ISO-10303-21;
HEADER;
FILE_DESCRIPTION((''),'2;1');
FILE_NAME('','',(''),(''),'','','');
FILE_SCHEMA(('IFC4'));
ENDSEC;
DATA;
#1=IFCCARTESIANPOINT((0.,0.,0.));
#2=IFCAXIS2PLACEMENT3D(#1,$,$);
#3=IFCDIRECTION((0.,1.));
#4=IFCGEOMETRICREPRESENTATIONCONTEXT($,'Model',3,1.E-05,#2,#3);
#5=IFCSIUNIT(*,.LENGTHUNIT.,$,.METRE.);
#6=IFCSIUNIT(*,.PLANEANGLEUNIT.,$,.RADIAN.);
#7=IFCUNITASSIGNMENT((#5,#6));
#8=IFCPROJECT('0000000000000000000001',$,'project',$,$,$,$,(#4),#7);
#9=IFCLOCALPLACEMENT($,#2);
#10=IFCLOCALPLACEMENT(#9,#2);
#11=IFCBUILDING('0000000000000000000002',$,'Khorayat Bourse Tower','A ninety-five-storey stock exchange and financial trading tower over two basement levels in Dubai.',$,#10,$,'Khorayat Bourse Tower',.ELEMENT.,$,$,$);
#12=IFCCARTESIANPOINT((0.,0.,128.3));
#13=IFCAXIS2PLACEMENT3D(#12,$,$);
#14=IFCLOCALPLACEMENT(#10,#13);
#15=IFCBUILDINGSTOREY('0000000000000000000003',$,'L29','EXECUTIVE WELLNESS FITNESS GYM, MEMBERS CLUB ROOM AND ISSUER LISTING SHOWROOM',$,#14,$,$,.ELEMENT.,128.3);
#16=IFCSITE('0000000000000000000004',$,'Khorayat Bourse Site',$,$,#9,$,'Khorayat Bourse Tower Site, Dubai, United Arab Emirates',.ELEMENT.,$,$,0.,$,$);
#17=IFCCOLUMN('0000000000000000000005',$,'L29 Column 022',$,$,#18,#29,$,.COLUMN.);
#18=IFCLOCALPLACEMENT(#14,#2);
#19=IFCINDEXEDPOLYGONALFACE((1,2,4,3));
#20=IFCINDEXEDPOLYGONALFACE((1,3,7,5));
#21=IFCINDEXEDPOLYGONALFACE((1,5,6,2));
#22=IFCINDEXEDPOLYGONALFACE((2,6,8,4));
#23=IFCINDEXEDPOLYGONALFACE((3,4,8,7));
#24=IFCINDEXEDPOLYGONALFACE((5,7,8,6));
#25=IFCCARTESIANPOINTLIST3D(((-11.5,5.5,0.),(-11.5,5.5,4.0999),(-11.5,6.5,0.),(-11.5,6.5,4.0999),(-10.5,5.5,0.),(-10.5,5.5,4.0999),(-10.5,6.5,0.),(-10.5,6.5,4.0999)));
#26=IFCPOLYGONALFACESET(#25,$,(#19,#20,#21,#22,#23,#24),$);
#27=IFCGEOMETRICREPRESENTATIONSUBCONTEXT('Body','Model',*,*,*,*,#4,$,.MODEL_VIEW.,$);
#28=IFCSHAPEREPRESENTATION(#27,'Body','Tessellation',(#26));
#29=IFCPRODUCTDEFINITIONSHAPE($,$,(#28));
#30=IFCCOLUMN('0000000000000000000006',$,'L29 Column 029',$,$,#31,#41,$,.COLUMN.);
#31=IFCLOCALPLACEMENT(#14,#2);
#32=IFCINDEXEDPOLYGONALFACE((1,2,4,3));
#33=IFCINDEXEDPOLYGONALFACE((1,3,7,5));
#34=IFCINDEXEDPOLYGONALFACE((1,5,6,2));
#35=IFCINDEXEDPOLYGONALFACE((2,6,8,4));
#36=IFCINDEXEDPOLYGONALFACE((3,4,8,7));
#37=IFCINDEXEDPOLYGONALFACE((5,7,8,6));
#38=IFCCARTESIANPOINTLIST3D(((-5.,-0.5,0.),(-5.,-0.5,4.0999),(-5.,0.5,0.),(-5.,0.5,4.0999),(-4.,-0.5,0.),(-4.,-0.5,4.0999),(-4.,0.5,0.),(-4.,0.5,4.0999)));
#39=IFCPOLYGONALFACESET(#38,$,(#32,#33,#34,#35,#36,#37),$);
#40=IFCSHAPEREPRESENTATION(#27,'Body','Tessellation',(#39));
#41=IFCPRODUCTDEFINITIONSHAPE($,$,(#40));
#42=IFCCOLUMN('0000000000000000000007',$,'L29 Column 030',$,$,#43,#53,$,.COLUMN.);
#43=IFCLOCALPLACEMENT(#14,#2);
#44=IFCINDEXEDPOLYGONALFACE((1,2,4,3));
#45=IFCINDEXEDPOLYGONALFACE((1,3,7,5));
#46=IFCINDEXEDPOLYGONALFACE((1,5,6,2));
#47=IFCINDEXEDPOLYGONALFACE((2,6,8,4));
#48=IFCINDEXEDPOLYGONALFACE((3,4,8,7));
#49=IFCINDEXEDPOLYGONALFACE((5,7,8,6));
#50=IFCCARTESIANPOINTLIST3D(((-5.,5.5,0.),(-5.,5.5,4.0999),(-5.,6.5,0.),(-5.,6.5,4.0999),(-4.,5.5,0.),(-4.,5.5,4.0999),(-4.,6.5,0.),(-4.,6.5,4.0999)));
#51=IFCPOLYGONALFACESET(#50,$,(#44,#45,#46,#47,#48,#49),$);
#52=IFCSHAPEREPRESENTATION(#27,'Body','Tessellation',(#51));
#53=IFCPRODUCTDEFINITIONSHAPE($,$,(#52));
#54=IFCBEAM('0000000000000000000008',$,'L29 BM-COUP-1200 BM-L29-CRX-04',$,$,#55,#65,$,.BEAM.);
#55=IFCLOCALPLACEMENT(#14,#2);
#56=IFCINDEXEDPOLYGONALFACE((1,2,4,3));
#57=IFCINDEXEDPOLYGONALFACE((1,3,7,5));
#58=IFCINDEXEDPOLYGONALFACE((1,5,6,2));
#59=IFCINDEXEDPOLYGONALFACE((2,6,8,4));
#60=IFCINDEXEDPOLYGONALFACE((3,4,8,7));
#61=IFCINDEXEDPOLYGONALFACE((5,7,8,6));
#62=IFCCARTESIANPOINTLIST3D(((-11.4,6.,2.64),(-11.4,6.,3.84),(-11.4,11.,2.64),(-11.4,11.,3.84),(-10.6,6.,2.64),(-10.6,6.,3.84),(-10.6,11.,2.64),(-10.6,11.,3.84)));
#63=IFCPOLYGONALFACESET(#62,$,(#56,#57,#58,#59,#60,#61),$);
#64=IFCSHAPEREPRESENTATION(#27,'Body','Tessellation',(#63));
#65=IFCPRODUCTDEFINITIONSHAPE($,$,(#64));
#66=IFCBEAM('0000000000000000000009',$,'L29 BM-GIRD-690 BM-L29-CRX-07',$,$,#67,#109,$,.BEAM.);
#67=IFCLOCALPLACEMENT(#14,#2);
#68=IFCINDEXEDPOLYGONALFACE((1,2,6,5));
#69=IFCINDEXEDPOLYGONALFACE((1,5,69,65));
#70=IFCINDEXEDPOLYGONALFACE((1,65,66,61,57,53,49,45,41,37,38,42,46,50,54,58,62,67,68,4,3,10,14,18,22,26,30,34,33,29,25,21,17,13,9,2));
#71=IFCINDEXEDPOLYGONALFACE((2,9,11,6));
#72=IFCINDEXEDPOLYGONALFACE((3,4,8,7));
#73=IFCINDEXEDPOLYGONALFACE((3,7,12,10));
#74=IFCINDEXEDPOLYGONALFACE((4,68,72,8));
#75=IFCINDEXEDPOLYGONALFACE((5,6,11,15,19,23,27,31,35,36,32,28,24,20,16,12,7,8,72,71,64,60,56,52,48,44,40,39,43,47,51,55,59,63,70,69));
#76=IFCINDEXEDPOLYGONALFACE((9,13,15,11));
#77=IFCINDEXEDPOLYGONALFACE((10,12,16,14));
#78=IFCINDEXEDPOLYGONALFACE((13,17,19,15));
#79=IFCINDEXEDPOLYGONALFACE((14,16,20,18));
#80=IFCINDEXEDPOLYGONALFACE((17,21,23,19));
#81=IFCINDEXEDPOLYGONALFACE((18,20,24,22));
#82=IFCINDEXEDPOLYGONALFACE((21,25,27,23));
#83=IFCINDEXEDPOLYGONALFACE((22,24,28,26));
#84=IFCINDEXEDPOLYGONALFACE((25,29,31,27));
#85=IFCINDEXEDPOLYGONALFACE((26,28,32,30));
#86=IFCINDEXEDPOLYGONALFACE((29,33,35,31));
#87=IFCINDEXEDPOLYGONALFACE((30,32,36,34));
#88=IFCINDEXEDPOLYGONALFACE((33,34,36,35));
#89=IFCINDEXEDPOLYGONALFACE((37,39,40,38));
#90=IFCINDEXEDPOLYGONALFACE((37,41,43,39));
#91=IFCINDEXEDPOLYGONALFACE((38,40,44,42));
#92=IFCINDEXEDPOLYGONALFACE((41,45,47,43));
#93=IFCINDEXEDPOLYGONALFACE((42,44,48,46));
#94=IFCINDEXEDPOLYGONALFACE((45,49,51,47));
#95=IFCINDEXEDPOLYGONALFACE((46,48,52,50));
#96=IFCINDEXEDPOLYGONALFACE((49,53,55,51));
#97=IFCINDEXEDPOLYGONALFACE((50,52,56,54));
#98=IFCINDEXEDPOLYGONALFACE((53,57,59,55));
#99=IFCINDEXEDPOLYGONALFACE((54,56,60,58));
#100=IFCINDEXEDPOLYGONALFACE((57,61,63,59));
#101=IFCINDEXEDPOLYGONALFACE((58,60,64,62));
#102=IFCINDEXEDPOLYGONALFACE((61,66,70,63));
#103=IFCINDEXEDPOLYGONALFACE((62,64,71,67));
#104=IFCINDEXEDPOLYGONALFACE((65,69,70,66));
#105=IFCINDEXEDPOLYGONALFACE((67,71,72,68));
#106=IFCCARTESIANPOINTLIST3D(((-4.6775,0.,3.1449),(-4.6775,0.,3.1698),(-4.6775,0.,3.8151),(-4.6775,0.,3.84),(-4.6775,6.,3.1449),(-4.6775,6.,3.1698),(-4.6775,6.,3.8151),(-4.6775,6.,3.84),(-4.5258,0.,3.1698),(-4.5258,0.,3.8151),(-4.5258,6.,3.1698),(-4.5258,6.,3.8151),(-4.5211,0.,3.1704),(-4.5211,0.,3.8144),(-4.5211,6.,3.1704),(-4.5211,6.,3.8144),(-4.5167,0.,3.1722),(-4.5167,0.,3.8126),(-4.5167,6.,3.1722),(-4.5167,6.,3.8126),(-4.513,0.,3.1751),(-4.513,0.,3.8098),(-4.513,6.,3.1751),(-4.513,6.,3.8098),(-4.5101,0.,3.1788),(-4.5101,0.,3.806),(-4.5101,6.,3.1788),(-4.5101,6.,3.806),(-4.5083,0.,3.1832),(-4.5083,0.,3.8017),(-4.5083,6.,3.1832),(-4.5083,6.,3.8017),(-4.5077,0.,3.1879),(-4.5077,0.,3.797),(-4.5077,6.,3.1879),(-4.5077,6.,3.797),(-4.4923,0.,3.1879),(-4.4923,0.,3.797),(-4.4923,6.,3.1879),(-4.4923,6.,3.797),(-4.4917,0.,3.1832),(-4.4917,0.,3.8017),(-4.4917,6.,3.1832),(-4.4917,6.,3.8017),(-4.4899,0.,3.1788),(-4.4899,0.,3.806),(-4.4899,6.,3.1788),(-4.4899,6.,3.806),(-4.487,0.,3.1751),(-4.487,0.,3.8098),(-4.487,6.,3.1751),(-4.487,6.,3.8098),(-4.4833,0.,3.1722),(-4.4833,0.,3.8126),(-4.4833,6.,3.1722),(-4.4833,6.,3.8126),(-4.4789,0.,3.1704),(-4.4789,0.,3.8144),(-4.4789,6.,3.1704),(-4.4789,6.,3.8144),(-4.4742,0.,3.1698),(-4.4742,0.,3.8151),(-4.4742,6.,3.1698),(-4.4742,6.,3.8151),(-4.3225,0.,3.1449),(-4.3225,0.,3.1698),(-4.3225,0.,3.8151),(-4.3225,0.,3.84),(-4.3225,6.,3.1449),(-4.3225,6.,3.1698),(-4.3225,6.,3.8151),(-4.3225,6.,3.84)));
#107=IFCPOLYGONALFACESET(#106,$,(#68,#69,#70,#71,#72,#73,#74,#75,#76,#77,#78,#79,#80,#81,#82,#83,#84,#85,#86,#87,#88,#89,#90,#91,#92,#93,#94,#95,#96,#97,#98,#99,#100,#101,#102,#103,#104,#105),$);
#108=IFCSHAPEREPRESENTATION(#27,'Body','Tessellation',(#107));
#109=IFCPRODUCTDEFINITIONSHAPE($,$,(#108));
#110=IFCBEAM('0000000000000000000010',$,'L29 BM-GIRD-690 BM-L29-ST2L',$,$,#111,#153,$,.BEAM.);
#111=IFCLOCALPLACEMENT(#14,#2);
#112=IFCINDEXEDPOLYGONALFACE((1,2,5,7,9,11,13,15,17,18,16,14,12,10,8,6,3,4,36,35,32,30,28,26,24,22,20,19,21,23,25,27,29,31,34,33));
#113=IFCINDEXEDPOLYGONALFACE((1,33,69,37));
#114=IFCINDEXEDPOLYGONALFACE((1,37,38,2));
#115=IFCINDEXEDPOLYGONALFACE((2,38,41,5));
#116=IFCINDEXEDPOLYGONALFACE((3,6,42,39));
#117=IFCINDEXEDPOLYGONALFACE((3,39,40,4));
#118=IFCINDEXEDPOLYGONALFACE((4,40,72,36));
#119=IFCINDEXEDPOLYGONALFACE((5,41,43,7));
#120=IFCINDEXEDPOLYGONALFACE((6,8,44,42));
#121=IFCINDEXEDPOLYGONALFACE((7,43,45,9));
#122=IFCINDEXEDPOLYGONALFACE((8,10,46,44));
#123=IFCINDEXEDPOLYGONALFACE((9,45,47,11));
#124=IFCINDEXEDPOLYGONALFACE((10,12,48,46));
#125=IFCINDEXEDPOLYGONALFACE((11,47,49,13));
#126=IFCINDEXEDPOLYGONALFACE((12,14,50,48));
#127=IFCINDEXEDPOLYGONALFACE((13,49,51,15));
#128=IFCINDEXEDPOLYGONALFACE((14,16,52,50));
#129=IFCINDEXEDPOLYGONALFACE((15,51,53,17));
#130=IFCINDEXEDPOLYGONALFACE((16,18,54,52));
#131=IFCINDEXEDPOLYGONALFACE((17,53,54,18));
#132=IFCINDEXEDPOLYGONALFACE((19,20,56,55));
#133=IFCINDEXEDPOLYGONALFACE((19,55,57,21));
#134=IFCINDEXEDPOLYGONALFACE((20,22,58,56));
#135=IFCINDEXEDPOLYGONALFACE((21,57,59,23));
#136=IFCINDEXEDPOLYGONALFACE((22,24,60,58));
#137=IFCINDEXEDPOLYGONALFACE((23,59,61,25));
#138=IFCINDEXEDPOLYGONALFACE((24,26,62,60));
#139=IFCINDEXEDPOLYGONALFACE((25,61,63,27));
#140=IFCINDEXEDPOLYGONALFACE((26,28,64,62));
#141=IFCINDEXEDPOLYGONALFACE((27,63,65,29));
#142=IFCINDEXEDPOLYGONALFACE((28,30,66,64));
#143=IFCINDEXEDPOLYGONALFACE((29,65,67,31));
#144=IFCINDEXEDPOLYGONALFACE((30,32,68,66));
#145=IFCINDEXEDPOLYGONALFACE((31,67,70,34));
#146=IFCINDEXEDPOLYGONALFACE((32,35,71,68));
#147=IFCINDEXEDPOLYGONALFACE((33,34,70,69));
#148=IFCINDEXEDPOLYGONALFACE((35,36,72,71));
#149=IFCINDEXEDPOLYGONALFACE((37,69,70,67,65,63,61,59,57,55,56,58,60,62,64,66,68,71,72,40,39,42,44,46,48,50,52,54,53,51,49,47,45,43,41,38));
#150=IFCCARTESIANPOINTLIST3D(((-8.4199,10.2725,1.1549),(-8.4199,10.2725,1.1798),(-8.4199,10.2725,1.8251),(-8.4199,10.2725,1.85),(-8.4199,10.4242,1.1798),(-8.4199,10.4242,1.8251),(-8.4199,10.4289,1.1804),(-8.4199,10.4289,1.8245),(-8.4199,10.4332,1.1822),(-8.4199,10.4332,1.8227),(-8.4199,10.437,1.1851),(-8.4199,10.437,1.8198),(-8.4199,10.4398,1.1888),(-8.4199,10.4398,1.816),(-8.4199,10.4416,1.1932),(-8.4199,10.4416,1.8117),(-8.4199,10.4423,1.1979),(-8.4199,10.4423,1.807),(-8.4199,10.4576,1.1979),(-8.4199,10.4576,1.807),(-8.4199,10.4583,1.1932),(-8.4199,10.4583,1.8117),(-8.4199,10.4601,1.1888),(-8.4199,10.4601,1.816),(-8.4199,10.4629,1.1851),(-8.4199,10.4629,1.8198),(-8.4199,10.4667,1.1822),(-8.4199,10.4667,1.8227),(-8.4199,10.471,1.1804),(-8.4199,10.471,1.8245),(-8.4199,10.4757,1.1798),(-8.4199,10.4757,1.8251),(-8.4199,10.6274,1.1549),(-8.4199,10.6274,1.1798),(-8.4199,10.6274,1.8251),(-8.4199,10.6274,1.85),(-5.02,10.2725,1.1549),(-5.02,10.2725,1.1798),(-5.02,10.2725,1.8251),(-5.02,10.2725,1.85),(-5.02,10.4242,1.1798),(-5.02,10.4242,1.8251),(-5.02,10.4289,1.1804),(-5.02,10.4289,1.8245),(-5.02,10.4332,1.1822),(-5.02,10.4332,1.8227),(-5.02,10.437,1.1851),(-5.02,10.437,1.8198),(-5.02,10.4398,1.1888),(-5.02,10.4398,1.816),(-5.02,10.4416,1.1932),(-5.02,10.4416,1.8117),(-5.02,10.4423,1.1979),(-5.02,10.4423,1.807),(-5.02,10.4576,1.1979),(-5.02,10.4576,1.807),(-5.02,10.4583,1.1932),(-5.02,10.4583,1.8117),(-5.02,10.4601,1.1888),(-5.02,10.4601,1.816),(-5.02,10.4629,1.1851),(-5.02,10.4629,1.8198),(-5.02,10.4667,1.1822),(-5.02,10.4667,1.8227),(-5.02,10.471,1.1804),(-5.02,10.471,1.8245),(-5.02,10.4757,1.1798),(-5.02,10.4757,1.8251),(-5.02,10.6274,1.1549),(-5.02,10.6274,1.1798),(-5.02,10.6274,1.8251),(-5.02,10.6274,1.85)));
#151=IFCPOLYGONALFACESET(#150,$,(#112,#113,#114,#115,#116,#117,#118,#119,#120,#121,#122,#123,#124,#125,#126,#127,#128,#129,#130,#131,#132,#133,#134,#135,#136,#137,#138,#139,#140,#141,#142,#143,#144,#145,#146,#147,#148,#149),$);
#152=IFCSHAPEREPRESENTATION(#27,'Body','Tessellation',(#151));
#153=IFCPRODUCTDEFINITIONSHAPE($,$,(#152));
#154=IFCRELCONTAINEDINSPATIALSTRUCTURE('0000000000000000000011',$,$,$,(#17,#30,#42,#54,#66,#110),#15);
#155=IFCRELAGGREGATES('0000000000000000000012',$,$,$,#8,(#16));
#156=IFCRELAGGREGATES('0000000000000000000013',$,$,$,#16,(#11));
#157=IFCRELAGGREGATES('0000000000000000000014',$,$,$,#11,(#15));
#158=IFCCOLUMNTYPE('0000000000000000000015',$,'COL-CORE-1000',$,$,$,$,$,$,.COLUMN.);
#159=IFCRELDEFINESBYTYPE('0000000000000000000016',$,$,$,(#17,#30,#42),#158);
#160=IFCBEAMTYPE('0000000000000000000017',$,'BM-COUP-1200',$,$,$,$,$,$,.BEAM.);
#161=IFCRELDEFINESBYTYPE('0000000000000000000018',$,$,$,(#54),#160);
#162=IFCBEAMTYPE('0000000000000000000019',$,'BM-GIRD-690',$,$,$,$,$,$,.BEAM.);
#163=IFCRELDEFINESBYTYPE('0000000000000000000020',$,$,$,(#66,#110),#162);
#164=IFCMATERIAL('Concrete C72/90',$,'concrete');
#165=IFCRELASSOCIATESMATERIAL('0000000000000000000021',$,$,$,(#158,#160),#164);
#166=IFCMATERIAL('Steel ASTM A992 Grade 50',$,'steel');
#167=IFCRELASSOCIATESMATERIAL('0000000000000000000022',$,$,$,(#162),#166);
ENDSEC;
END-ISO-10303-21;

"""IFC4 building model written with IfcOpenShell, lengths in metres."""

from ifc_helpers import new_model, si_unit, direction, frame, origin, origin_2d, place, context, subcontext, project, spatial, rectangle, i_section, extrude, source, transform, mapped, material, material_profile, profile_set, type_object, element, save


model = new_model("IFC4")

# Units and contexts
model_context = context("Model", 3, precision=1e-05, world=origin(), true_north=direction((0.0, 1.0)))
body_context = subcontext(model_context, "Body", "Model", "MODEL_VIEW")
ifc_project = project(units=[si_unit("LENGTHUNIT", "METRE"), si_unit("PLANEANGLEUNIT", "RADIAN")], contexts=[model_context])

# Site, building, storey
site_placement = place(None, origin())
site = spatial("IfcSite", under=ifc_project, at=site_placement, Name="Khorayat Bourse Site", LongName="Khorayat Bourse Tower Site, Dubai, United Arab Emirates", CompositionType="ELEMENT", RefElevation=0.0)
building_placement = place(site_placement, origin())
building = spatial("IfcBuilding", under=site, at=building_placement, Name="Khorayat Bourse Tower", Description="A ninety-five-storey stock exchange and financial trading tower over two basement levels in Dubai.", LongName="Khorayat Bourse Tower", CompositionType="ELEMENT")
storey_placement = place(building_placement, frame((0.0, 0.0, 128.3)))
storey = spatial("IfcBuildingStorey", under=building, at=storey_placement, Name="L29", Description="EXECUTIVE WELLNESS FITNESS GYM, MEMBERS CLUB ROOM AND ISSUER LISTING SHOWROOM", CompositionType="ELEMENT", Elevation=128.3)

# Columns
ifc_material_1 = material(Name="Concrete C72/90", Category="concrete")
ifc_material_profile_1 = material_profile(ifc_material_1, rectangle(XDim=1.0, YDim=1.0, at=origin_2d()), Name="RC 1000x1000")
ifc_profile_set_1 = profile_set([ifc_material_profile_1], Name="Concrete C72/90")
column_type = type_object("IfcColumnType", Name="COL-CORE-1000", PredefinedType="COLUMN", material=ifc_profile_set_1)
shared_shape_1 = source(origin(), body_context, "Body", "SweptSolid", [
    extrude(rectangle(XDim=1.0, YDim=1.0, at=origin_2d()), origin(), (0.0, 0.0, 1.0), 4.0999),
])
for number, where, z_axis, x_axis, name in (
    (1, (-11.0, 6.0, 0.0), (0.0, 0.0, 1.0), (1.0, 0.0, 0.0), "L29 Column 022"),
    (2, (-4.5, 0.0, 0.0), (0.0, 0.0, 1.0), (1.0, 0.0, 0.0), "L29 Column 029"),
    (3, (-4.5, 6.0, 0.0), (0.0, 0.0, 1.0), (1.0, 0.0, 0.0), "L29 Column 030"),
):
    element("IfcColumn", number, at=place(storey_placement, frame(where, z_axis=z_axis, x_axis=x_axis)), inside=storey, type_object=column_type, Name=name, PredefinedType="COLUMN", context=body_context, shape_type="MappedRepresentation", body=[
        mapped(shared_shape_1, transform((0.0, 0.0, 0.0), scale=1.0)),
    ])

# Beams
ifc_material_profile_2 = material_profile(ifc_material_1, rectangle(XDim=0.8, YDim=1.2, at=origin_2d()), Name="RC 800x1200")
ifc_profile_set_2 = profile_set([ifc_material_profile_2], Name="Concrete C72/90")
beam_type_1 = type_object("IfcBeamType", Name="BM-COUP-1200", PredefinedType="BEAM", material=ifc_profile_set_2)
shared_shape_2 = source(origin(), body_context, "Body", "SweptSolid", [
    extrude(rectangle(XDim=0.8, YDim=1.2, at=origin_2d()), origin(), (0.0, 0.0, 1.0), 5.0),
])
beam_1_placement = place(storey_placement, frame((-11.0, 6.0, 3.24), z_axis=(0.0, 1.0, 0.0), x_axis=(-1.0, 0.0, 0.0)))
element("IfcBeam", 4, at=beam_1_placement, inside=storey, type_object=beam_type_1, Name="L29 BM-COUP-1200 BM-L29-CRX-04", PredefinedType="BEAM", context=body_context, shape_type="MappedRepresentation", body=[
    mapped(shared_shape_2, transform((0.0, 0.0, 0.0), scale=1.0)),
])
ifc_material_2 = material(Name="Steel ASTM A992 Grade 50", Category="steel")
ifc_material_profile_3 = material_profile(ifc_material_2, i_section(OverallWidth=0.355, OverallDepth=0.6951, WebThickness=0.0154, FlangeThickness=0.0249, FilletRadius=0.0181, at=origin_2d()), Name="W690X217")
ifc_profile_set_3 = profile_set([ifc_material_profile_3], Name="Steel ASTM A992 Grade 50")
beam_type_2 = type_object("IfcBeamType", Name="BM-GIRD-690", PredefinedType="BEAM", material=ifc_profile_set_3)
shared_shape_3 = source(origin(), body_context, "Body", "SweptSolid", [
    extrude(i_section(OverallWidth=0.355, OverallDepth=0.6951, WebThickness=0.0154, FlangeThickness=0.0249, FilletRadius=0.0181, at=origin_2d()), origin(), (0.0, 0.0, 1.0), 6.0),
])
beam_2_placement = place(storey_placement, frame((-4.5, 0.0, 3.4924), z_axis=(0.0, 1.0, 0.0), x_axis=(-1.0, 0.0, 0.0)))
element("IfcBeam", 5, at=beam_2_placement, inside=storey, type_object=beam_type_2, Name="L29 BM-GIRD-690 BM-L29-CRX-07", PredefinedType="BEAM", context=body_context, shape_type="MappedRepresentation", body=[
    mapped(shared_shape_3, transform((0.0, 0.0, 0.0), scale=1.0)),
])
shared_shape_4 = source(origin(), body_context, "Body", "SweptSolid", [
    extrude(i_section(OverallWidth=0.355, OverallDepth=0.6951, WebThickness=0.0154, FlangeThickness=0.0249, FilletRadius=0.0181, at=origin_2d()), origin(), (0.0, 0.0, 1.0), 3.3999),
])
beam_3_placement = place(storey_placement, frame((-8.4199, 10.45, 1.5024), z_axis=(1.0, 0.0, 0.0), x_axis=(0.0, 1.0, 0.0)))
element("IfcBeam", 6, at=beam_3_placement, inside=storey, type_object=beam_type_2, Name="L29 BM-GIRD-690 BM-L29-ST2L", PredefinedType="BEAM", context=body_context, shape_type="MappedRepresentation", body=[
    mapped(shared_shape_4, transform((0.0, 0.0, 0.0), scale=1.0)),
])

save(model, "model.ifc")
